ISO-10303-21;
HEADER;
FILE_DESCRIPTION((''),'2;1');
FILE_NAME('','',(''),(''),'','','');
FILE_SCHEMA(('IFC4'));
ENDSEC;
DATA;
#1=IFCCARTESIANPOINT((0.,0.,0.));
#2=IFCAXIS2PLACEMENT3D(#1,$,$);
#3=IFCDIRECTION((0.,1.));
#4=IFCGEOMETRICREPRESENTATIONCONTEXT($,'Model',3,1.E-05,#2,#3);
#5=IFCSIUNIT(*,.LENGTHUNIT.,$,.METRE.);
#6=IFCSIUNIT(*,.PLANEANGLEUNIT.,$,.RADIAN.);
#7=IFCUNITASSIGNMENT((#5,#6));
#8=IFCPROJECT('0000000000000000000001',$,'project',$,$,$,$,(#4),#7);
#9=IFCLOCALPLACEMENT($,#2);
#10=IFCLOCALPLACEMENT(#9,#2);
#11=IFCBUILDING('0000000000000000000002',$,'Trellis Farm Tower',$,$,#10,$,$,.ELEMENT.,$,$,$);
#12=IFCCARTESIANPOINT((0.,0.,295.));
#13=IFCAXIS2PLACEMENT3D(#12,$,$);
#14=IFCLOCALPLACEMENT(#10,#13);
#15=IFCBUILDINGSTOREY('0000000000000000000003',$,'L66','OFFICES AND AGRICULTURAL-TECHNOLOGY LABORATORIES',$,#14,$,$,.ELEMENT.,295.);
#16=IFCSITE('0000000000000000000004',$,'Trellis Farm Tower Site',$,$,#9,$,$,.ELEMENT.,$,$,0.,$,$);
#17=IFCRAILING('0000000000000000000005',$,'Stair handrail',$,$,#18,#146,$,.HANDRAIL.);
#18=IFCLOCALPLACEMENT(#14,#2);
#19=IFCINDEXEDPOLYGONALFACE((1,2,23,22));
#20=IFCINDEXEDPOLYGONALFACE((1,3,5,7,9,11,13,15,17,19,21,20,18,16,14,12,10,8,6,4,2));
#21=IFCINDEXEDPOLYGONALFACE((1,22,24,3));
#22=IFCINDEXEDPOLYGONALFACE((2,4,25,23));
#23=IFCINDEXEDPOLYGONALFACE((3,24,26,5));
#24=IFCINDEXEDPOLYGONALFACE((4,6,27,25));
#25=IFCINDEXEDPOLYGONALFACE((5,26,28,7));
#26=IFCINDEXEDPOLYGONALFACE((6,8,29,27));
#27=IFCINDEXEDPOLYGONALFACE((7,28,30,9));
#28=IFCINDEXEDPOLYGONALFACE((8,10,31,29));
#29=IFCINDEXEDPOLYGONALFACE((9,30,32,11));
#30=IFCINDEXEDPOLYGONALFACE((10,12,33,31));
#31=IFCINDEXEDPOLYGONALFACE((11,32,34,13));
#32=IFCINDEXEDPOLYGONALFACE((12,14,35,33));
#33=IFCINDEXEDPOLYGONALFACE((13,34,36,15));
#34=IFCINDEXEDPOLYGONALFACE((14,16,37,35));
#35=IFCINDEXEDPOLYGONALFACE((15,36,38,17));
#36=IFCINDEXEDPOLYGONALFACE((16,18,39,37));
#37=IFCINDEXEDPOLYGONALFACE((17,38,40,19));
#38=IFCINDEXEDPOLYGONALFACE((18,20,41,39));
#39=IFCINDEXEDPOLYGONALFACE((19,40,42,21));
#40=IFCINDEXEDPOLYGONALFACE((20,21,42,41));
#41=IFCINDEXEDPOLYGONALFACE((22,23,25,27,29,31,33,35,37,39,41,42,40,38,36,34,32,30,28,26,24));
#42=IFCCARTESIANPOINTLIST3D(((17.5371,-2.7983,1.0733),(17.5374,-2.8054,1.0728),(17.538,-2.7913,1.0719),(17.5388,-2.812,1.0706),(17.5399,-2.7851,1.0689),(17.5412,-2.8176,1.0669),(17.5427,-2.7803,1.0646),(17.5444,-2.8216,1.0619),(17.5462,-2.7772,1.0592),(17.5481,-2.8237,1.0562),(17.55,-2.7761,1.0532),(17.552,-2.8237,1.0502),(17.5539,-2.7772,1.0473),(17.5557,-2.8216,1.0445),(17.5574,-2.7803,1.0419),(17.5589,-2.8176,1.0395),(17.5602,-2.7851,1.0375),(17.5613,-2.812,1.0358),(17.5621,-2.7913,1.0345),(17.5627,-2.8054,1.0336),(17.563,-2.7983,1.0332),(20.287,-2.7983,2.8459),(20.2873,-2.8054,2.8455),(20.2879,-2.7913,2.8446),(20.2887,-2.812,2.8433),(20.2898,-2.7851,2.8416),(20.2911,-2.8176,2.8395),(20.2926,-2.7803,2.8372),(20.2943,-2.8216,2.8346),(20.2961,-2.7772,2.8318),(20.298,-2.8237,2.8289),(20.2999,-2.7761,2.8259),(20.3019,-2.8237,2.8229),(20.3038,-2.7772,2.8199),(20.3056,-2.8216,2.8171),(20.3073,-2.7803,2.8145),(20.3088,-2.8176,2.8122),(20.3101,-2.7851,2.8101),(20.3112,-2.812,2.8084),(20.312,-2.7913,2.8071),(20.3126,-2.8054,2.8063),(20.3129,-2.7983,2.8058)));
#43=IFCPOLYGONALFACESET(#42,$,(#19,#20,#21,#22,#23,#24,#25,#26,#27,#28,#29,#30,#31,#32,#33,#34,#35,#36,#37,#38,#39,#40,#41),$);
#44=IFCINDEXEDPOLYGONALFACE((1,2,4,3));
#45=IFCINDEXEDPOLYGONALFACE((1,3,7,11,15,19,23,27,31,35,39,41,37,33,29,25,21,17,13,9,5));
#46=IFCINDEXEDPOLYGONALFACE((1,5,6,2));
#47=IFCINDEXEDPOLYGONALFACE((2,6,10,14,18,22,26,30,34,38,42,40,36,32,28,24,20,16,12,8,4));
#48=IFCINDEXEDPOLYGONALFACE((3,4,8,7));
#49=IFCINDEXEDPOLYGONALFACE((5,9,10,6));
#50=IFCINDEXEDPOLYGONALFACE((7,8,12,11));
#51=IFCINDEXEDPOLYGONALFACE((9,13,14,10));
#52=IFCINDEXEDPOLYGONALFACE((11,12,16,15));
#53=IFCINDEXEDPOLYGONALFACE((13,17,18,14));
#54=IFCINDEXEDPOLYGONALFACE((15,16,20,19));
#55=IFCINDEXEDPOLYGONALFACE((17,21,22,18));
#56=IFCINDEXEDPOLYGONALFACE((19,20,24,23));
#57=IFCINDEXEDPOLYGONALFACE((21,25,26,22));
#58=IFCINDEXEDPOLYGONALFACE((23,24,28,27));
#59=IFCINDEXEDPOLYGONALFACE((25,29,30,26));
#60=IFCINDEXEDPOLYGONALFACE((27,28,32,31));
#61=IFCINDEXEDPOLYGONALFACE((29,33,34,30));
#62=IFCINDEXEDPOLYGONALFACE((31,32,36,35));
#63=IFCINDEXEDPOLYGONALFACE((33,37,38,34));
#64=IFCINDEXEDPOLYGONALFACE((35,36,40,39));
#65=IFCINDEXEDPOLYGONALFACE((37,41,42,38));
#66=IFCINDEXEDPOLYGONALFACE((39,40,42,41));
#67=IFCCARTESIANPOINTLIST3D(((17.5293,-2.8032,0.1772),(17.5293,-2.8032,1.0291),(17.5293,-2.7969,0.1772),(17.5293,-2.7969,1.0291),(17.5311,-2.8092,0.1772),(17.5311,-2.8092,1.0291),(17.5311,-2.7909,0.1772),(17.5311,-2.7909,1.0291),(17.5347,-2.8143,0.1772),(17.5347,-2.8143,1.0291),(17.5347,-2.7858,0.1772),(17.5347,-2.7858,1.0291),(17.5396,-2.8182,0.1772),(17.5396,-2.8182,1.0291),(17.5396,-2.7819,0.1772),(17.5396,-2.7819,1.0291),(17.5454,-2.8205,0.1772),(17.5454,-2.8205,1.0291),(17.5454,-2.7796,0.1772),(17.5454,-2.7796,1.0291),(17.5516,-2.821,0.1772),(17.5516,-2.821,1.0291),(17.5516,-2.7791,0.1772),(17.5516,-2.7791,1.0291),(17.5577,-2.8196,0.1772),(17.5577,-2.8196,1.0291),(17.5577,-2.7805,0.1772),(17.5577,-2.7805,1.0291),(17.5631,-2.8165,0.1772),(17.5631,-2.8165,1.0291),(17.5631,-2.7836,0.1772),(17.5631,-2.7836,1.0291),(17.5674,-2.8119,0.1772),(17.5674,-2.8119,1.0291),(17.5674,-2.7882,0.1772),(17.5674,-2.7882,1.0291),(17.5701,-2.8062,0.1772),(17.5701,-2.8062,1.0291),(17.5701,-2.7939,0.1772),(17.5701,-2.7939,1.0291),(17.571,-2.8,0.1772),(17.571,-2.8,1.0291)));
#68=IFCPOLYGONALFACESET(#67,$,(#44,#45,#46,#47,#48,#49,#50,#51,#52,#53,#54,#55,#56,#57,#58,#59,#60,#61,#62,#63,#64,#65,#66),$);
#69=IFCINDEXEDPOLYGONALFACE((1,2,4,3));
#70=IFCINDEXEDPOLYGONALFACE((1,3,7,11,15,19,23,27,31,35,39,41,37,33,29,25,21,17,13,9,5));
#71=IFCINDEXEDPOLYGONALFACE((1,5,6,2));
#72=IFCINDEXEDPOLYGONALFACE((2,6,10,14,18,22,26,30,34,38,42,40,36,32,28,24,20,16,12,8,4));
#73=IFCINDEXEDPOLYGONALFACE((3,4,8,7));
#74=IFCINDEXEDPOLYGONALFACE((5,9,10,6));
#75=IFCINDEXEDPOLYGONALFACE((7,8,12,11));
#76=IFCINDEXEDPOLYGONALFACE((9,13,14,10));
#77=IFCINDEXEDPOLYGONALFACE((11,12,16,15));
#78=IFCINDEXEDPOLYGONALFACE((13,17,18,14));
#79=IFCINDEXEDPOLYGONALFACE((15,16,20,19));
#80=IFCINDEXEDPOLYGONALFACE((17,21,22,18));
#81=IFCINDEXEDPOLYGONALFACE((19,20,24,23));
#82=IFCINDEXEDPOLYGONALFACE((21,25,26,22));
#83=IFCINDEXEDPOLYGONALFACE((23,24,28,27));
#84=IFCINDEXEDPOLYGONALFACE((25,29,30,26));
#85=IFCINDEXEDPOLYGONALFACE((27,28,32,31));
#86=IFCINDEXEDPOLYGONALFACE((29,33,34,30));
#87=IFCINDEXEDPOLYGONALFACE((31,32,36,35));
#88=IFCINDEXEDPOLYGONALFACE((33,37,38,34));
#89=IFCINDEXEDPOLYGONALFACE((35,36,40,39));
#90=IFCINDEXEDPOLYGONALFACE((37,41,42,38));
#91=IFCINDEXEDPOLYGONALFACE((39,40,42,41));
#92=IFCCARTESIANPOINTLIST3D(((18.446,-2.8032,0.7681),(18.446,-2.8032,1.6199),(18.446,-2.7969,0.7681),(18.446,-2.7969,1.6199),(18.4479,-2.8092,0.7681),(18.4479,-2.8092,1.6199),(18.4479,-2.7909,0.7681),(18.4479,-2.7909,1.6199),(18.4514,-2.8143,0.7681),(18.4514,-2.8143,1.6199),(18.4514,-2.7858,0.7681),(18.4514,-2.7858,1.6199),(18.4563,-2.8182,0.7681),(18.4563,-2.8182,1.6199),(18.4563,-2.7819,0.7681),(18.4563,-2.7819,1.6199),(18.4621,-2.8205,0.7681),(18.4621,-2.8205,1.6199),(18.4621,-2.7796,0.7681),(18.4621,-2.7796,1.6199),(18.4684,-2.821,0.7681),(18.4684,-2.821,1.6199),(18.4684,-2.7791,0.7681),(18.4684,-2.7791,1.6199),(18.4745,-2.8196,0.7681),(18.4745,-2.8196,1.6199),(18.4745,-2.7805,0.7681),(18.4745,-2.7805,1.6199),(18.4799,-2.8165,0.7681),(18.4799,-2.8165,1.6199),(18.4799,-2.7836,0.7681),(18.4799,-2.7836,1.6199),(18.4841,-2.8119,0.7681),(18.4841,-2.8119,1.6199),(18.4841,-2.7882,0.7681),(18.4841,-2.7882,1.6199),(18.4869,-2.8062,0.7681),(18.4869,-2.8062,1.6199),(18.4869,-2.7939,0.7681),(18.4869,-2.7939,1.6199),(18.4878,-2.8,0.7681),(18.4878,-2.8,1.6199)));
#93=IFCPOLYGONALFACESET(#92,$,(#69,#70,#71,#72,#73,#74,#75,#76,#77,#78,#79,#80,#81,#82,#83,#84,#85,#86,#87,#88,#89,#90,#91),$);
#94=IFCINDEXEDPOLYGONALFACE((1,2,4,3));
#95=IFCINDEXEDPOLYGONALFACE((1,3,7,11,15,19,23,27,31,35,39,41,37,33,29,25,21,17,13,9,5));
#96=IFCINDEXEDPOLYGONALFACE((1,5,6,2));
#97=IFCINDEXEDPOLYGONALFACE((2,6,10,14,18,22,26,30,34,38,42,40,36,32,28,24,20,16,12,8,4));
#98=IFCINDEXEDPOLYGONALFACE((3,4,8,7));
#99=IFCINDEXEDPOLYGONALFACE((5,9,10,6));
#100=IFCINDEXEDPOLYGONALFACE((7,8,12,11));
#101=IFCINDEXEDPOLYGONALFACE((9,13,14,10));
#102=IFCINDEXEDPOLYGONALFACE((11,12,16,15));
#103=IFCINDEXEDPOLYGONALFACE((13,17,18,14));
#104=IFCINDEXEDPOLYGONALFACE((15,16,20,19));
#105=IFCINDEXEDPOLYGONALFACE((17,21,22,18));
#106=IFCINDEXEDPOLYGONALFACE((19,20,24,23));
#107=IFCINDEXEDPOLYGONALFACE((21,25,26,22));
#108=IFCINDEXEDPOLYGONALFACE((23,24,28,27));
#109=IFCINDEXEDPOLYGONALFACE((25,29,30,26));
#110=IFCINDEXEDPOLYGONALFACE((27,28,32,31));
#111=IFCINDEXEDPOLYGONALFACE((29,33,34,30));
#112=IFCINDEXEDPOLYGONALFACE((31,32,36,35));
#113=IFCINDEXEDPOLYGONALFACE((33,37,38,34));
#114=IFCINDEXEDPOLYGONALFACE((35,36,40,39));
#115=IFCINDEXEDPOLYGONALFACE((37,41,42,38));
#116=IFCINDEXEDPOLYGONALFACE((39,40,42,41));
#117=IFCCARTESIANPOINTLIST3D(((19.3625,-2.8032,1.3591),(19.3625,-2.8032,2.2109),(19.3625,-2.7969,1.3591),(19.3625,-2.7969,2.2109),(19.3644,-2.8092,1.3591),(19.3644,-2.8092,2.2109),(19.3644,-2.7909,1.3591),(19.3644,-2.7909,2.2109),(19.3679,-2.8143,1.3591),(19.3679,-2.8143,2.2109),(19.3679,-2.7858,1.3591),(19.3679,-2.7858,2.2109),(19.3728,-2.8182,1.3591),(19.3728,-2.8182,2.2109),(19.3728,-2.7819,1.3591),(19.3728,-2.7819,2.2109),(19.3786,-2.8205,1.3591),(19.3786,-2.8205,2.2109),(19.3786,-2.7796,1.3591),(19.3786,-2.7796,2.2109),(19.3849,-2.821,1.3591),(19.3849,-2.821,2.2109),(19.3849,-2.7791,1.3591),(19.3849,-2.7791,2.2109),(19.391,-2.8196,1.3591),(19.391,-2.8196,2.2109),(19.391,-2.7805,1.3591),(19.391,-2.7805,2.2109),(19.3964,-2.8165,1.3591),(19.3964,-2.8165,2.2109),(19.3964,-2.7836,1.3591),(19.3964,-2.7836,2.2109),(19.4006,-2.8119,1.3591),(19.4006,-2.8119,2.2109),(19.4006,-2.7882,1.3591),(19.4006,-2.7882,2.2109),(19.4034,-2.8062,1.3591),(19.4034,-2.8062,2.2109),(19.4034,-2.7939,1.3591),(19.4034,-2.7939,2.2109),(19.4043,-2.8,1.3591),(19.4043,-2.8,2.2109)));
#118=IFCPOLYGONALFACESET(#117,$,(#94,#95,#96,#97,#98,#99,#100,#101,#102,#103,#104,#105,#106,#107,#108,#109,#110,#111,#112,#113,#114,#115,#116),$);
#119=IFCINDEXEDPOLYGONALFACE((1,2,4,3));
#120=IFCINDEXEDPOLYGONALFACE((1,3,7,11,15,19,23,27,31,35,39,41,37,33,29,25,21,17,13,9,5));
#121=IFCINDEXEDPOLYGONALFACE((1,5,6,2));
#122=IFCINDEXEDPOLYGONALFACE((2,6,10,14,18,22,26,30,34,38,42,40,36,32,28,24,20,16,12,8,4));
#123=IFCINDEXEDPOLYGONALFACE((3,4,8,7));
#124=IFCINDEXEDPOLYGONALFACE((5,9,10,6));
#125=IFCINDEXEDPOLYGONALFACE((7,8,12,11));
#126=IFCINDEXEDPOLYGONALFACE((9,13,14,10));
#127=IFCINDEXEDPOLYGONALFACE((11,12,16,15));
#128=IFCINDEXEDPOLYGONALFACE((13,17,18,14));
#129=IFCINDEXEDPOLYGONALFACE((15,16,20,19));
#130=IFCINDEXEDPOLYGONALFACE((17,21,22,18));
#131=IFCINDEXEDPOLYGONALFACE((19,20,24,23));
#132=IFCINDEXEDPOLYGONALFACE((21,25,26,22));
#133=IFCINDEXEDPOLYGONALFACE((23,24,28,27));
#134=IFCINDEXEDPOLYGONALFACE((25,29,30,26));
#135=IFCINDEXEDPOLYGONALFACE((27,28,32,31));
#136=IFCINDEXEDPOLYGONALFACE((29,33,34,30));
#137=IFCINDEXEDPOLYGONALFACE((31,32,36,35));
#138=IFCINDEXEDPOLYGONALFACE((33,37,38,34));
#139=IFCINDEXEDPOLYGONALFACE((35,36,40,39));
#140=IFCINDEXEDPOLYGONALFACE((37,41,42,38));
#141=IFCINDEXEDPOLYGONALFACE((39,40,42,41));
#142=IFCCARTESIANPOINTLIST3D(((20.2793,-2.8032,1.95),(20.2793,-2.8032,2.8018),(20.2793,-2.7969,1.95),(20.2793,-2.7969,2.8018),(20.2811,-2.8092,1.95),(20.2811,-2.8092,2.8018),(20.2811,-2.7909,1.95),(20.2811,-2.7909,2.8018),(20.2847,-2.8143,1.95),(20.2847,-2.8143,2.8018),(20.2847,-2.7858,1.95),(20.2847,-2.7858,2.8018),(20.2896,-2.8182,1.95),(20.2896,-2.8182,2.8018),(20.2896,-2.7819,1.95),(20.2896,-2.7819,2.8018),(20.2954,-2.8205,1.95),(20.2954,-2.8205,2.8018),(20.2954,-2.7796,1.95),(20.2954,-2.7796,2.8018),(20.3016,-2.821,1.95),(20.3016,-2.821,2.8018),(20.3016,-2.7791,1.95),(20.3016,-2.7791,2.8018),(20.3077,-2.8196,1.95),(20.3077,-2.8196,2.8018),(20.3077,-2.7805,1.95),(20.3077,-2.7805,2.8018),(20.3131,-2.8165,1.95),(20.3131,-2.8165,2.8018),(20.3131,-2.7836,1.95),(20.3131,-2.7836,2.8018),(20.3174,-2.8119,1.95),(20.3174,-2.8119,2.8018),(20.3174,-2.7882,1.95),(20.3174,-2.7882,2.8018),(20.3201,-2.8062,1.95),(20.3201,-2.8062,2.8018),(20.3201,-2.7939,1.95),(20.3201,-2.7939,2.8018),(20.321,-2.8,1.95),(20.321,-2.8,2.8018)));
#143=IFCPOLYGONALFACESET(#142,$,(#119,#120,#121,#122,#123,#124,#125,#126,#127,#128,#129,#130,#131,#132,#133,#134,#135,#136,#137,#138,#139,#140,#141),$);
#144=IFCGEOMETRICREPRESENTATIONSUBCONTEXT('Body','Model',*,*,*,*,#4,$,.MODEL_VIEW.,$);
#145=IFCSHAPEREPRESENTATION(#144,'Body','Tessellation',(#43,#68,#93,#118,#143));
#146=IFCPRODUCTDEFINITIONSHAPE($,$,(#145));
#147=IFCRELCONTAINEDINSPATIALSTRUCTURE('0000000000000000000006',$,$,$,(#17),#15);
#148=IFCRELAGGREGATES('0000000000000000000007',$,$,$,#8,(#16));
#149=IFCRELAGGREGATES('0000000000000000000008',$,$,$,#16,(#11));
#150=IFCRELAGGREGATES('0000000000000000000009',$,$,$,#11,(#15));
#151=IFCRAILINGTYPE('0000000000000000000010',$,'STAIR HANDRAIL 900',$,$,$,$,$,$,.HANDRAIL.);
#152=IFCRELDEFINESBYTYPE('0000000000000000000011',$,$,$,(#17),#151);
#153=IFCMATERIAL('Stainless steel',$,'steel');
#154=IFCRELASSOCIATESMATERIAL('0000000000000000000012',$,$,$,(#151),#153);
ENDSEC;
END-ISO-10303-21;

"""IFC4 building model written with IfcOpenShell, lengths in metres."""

from ifc_helpers import new_model, si_unit, direction, frame, origin, origin_2d, place, context, subcontext, project, spatial, circle, extrude, source, transform, mapped, material, type_object, element, save


model = new_model("IFC4")

# Units and contexts
model_context = context("Model", 3, precision=1e-05, world=origin(), true_north=direction((0.0, 1.0)))
body_context = subcontext(model_context, "Body", "Model", "MODEL_VIEW")
ifc_project = project(units=[si_unit("LENGTHUNIT", "METRE"), si_unit("PLANEANGLEUNIT", "RADIAN")], contexts=[model_context])

# Site, building, storey
site_placement = place(None, origin())
site = spatial("IfcSite", under=ifc_project, at=site_placement, Name="Trellis Farm Tower Site", CompositionType="ELEMENT", RefElevation=0.0)
building_placement = place(site_placement, origin())
building = spatial("IfcBuilding", under=site, at=building_placement, Name="Trellis Farm Tower", CompositionType="ELEMENT")
storey_placement = place(building_placement, frame((0.0, 0.0, 295.0)))
storey = spatial("IfcBuildingStorey", under=building, at=storey_placement, Name="L66", Description="OFFICES AND AGRICULTURAL-TECHNOLOGY LABORATORIES", CompositionType="ELEMENT", Elevation=295.0)

# Railing
ifc_material_1 = material(Name="Stainless steel", Category="steel")
railing_type = type_object("IfcRailingType", Name="STAIR HANDRAIL 900", PredefinedType="HANDRAIL", material=ifc_material_1)
shared_shape_1 = source(origin(), body_context, "Body", "SweptSolid", [
    extrude(circle(Radius=0.0239, at=origin_2d()), frame((0.0, 0.0, 0.876), z_axis=(0.840504, 0.0, 0.541806), x_axis=(0.0, 1.0, 0.0)), (0.0, 0.0, 1.0), 3.2717),
    extrude(circle(Radius=0.021, at=origin_2d()), origin(), (0.0, 0.0, 1.0), 0.8518),
    extrude(circle(Radius=0.021, at=origin_2d()), frame((0.9167, 0.0, 0.5908)), (0.0, 0.0, 1.0), 0.8518),
    extrude(circle(Radius=0.021, at=origin_2d()), frame((1.8333, 0.0, 1.1819)), (0.0, 0.0, 1.0), 0.8518),
    extrude(circle(Radius=0.021, at=origin_2d()), frame((2.75, 0.0, 1.7727)), (0.0, 0.0, 1.0), 0.8518),
])
railing_placement = place(storey_placement, frame((17.55, -2.8, 0.1772)))
element("IfcRailing", 1, at=railing_placement, inside=storey, type_object=railing_type, Name="Stair handrail", PredefinedType="HANDRAIL", context=body_context, shape_type="MappedRepresentation", body=[
    mapped(shared_shape_1, transform((0.0, 0.0, 0.0))),
])

save(model, "model.ifc")
